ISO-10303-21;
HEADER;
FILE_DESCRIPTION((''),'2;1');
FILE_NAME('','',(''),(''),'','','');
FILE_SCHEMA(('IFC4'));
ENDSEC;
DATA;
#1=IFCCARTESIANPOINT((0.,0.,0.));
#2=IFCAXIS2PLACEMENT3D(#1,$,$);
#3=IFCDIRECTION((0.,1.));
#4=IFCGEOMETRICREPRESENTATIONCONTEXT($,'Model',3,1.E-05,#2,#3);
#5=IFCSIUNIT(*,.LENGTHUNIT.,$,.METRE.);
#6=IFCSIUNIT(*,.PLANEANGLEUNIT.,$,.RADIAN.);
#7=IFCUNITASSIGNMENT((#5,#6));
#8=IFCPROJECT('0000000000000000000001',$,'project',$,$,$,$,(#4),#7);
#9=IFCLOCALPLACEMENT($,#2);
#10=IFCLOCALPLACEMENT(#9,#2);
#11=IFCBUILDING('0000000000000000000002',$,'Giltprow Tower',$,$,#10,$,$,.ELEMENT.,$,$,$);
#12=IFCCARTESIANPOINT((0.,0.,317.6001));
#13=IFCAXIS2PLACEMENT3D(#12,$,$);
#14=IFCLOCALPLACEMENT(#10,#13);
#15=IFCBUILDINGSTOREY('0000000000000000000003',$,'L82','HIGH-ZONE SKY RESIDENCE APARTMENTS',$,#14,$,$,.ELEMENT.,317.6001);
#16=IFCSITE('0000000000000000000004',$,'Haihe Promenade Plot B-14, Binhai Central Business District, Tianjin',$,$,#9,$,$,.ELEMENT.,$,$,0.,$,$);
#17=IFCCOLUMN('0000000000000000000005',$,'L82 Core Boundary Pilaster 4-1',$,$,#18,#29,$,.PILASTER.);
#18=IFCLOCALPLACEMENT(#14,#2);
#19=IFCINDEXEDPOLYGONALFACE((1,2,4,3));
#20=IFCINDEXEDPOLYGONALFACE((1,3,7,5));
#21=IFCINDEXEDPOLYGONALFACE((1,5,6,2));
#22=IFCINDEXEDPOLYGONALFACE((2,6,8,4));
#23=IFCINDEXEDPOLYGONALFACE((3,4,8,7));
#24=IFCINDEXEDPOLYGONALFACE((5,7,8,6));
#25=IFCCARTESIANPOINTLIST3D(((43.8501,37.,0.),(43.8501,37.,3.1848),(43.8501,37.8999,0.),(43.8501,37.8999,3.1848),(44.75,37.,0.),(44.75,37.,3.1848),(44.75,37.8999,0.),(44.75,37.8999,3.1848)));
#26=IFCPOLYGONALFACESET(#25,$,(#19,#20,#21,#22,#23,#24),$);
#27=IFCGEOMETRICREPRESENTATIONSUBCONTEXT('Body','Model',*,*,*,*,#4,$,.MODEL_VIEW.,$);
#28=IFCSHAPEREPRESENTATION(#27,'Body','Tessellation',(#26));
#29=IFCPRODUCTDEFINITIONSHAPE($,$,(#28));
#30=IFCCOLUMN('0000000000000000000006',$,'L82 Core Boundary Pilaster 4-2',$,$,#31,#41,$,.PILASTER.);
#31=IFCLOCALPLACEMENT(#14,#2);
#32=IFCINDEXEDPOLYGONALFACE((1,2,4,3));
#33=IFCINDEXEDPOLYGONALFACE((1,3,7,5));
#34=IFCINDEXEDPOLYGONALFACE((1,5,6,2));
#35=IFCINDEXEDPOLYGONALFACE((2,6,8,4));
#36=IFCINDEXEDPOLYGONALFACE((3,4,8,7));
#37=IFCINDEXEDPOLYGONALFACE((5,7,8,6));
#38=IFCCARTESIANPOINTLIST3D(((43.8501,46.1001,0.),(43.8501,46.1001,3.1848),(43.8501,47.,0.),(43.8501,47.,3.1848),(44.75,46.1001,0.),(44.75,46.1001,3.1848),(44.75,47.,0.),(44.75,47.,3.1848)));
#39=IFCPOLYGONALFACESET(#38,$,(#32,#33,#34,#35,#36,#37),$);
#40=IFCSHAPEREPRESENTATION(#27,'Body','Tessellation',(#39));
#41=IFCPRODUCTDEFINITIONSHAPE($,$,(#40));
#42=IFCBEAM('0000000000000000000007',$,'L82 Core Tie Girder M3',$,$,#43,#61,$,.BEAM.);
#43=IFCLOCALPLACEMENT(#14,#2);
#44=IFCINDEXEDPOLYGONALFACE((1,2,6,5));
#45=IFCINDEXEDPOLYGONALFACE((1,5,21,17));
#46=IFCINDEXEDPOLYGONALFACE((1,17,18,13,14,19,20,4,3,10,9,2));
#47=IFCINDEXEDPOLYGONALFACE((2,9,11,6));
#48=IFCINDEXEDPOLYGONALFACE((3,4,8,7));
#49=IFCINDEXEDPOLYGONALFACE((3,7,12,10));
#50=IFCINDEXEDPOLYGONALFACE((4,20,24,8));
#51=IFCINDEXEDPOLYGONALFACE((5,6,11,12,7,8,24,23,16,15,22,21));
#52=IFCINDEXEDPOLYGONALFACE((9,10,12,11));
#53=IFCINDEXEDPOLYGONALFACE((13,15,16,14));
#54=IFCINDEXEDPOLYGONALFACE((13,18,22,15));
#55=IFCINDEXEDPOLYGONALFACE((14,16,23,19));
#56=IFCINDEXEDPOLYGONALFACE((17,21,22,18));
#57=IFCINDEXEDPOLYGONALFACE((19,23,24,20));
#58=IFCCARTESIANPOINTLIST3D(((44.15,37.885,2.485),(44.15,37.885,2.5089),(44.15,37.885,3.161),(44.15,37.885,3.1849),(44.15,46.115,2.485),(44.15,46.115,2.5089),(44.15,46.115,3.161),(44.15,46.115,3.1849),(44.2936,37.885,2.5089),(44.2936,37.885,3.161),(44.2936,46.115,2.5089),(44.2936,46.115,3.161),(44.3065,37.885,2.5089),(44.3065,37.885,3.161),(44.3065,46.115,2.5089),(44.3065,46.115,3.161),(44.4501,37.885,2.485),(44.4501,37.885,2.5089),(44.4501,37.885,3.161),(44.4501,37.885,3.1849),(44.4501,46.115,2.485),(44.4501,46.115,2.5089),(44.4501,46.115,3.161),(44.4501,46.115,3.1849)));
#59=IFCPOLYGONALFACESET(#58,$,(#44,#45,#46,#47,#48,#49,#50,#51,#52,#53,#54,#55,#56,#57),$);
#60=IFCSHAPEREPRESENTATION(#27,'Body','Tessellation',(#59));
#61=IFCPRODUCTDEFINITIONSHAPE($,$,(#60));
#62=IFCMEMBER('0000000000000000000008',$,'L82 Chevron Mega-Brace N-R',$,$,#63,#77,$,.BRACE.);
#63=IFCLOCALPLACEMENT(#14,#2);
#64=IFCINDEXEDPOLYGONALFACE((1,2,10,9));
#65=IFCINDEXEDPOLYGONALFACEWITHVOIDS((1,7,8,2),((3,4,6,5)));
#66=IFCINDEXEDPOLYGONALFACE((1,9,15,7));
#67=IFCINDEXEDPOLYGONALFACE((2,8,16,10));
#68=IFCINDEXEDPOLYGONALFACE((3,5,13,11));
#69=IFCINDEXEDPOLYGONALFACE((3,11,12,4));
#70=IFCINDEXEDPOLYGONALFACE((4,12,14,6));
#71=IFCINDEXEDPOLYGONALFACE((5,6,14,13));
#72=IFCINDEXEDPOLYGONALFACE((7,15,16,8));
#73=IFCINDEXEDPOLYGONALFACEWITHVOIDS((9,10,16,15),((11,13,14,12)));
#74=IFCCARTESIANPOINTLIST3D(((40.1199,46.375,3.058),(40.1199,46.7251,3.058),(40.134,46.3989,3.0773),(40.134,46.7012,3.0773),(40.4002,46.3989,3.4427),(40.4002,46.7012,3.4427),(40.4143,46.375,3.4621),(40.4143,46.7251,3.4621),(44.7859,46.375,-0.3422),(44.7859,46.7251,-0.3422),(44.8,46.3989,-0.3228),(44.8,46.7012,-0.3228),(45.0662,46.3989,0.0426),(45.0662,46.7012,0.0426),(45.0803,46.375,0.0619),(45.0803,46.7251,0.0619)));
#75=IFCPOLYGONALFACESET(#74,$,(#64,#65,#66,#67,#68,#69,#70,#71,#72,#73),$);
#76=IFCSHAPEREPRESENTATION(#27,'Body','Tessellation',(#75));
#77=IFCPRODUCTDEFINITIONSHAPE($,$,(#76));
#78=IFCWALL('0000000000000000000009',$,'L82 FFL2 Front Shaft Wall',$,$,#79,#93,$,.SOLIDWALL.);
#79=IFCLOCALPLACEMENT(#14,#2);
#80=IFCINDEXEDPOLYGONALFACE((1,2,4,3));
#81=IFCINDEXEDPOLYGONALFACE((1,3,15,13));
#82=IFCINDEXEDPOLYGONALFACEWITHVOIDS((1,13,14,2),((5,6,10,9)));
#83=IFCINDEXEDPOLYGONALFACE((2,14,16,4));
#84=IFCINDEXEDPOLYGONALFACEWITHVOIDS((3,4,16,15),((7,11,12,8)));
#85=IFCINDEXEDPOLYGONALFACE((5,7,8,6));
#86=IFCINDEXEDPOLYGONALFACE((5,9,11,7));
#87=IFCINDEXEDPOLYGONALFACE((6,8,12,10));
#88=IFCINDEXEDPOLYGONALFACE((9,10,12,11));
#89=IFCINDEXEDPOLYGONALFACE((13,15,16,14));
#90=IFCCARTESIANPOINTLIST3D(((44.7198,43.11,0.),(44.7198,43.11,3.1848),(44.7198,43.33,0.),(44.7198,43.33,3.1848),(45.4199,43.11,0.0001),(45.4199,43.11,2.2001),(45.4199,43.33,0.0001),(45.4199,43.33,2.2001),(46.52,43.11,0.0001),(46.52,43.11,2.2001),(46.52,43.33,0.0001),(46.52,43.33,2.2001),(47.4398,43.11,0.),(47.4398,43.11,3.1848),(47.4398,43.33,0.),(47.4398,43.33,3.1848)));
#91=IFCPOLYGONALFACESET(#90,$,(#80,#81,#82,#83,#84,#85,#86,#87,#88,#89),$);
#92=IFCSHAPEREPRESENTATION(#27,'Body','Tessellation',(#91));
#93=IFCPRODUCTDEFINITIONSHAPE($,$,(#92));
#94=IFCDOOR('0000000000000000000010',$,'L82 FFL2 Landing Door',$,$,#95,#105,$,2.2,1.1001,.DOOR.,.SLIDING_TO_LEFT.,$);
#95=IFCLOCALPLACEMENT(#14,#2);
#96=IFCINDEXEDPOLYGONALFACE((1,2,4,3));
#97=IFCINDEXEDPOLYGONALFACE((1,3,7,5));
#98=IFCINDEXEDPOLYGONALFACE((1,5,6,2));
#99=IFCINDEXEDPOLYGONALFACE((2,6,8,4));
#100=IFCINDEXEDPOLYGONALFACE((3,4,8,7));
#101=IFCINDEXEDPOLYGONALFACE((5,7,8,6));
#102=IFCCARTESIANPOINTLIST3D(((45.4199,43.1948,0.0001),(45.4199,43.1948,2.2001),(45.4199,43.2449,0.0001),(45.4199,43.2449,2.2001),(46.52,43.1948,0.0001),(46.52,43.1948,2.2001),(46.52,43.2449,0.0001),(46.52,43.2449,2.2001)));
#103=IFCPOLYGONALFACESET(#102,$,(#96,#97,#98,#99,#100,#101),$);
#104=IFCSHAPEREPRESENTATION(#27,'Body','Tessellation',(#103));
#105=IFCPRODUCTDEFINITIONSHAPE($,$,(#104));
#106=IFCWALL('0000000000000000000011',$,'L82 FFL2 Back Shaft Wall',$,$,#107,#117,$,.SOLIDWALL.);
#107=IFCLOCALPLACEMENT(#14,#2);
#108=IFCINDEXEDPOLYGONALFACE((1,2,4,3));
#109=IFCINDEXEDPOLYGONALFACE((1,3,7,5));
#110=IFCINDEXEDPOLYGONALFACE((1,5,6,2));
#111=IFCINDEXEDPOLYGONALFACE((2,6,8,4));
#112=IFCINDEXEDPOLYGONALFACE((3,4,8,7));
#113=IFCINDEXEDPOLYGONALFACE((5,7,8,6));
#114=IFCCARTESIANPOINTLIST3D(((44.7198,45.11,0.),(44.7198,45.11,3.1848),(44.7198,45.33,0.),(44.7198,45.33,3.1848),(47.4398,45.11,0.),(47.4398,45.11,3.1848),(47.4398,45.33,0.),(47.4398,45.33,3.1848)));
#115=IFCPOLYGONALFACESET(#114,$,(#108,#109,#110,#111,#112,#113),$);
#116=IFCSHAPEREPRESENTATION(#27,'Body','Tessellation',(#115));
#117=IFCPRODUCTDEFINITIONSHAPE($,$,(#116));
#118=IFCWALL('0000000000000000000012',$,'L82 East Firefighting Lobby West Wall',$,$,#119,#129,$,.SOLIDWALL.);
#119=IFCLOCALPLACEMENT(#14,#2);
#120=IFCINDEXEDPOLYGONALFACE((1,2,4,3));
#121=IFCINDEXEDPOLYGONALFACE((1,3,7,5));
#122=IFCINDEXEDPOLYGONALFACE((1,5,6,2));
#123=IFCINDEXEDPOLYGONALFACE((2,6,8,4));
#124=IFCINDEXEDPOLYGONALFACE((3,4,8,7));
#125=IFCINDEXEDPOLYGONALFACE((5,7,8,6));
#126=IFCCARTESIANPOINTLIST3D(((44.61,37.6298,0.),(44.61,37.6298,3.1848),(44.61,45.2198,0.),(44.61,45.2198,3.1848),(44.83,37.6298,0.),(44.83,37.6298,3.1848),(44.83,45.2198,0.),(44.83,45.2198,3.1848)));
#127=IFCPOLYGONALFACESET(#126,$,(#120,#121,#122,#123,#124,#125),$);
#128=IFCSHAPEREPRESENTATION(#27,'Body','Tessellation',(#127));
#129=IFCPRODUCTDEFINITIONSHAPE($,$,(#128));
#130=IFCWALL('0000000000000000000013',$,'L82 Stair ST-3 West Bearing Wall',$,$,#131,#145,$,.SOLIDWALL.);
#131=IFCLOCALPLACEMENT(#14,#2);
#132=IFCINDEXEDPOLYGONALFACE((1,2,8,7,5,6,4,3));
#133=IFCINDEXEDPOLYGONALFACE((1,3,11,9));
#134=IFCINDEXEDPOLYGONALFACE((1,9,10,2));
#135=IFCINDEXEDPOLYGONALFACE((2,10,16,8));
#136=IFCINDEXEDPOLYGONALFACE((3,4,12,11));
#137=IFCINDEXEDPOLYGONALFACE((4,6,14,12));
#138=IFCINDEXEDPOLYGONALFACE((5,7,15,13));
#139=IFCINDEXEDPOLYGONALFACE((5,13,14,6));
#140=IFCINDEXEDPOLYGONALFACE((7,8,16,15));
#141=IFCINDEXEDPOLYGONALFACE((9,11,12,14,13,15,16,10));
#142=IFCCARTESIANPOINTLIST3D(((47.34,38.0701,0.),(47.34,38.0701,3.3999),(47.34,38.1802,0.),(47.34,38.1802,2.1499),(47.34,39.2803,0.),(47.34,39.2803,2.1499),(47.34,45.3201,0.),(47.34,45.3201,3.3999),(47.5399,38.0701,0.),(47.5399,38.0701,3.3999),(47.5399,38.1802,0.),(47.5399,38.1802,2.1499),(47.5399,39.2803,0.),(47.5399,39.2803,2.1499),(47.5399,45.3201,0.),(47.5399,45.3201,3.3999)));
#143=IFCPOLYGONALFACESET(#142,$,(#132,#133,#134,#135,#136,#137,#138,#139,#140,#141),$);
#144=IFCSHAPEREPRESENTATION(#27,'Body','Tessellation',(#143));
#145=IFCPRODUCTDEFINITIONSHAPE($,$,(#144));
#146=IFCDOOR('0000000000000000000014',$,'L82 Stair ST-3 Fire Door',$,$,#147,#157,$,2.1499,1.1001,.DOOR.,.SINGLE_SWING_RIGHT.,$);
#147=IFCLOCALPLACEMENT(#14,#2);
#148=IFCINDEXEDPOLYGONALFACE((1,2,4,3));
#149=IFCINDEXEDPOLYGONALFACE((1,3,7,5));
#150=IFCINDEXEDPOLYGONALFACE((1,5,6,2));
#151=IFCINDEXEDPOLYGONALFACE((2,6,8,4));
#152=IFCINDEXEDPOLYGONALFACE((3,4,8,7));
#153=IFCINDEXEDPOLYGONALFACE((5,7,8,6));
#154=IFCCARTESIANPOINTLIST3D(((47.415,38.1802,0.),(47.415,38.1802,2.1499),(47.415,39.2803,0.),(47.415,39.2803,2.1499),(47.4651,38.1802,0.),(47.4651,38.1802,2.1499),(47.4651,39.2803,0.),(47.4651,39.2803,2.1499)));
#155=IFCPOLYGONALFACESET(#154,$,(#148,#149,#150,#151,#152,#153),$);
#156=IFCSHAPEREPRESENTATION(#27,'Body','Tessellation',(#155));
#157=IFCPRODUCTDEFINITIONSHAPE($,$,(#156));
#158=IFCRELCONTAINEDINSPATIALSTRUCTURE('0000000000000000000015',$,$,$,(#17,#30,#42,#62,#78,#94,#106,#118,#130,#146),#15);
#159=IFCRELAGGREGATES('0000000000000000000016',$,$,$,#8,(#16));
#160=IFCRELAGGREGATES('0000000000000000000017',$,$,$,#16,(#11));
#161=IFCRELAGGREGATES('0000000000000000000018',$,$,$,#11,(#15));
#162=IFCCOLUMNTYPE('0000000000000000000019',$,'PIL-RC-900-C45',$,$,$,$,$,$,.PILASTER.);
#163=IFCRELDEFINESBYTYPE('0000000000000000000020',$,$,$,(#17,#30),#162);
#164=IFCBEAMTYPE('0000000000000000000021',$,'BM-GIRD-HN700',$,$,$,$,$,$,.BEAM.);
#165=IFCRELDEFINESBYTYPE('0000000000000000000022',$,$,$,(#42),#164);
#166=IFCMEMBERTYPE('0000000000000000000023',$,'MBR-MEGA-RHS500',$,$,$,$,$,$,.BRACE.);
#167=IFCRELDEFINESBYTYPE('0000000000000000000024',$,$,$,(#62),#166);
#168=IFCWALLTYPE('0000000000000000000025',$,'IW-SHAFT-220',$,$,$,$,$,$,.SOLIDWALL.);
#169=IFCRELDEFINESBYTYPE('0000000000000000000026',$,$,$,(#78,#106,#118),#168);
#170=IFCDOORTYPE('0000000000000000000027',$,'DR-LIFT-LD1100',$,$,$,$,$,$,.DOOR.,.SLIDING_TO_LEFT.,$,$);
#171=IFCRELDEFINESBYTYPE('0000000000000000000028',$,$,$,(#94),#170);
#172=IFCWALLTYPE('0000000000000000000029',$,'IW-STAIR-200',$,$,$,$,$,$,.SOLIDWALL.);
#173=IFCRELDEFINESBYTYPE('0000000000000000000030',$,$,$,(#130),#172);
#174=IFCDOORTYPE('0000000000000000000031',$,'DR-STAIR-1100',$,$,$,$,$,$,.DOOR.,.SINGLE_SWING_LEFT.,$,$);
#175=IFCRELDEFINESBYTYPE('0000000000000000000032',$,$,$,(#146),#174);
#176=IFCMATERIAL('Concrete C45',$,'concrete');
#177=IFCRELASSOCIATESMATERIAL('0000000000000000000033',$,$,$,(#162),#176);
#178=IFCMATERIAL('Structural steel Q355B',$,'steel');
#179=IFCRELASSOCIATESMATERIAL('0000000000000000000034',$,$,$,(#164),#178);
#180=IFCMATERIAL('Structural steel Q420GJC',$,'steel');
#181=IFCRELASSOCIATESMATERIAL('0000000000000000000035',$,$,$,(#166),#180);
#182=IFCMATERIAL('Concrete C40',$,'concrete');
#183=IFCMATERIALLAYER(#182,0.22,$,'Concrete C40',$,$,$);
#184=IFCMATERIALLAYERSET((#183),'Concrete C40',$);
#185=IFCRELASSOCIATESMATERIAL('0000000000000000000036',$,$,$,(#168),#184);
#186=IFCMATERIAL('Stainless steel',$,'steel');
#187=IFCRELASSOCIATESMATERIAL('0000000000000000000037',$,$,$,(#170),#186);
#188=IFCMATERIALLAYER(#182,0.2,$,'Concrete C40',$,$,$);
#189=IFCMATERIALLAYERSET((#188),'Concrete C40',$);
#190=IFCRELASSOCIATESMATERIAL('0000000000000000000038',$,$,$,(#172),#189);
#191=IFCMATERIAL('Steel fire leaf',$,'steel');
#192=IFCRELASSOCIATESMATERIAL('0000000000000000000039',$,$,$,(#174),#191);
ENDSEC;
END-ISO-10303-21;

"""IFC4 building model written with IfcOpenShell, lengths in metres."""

from ifc_helpers import new_model, si_unit, direction, frame, frame_2d, origin, origin_2d, place, context, subcontext, project, spatial, rectangle, hollow_rectangle, i_section, extrude, source, transform, mapped, material, layer, layer_set, material_profile, profile_set, type_object, element, fill, save


model = new_model("IFC4")

# Units and contexts
model_context = context("Model", 3, precision=1e-05, world=origin(), true_north=direction((0.0, 1.0)))
body_context = subcontext(model_context, "Body", "Model", "MODEL_VIEW")
ifc_project = project(units=[si_unit("LENGTHUNIT", "METRE"), si_unit("PLANEANGLEUNIT", "RADIAN")], contexts=[model_context])

# Site, building, storey
site_placement = place(None, origin())
site = spatial("IfcSite", under=ifc_project, at=site_placement, Name="Haihe Promenade Plot B-14, Binhai Central Business District, Tianjin", CompositionType="ELEMENT", RefElevation=0.0)
building_placement = place(site_placement, origin())
building = spatial("IfcBuilding", under=site, at=building_placement, Name="Giltprow Tower", CompositionType="ELEMENT")
storey_placement = place(building_placement, frame((0.0, 0.0, 317.6001)))
storey = spatial("IfcBuildingStorey", under=building, at=storey_placement, Name="L82", Description="HIGH-ZONE SKY RESIDENCE APARTMENTS", CompositionType="ELEMENT", Elevation=317.6001)

# Columns
ifc_material_1 = material(Name="Concrete C45", Category="concrete")
ifc_material_profile_1 = material_profile(ifc_material_1, rectangle(XDim=0.8999, YDim=0.8999, at=origin_2d()), Name="RC 900x900")
ifc_profile_set_1 = profile_set([ifc_material_profile_1], Name="Concrete C45")
column_type = type_object("IfcColumnType", Name="PIL-RC-900-C45", PredefinedType="PILASTER", material=ifc_profile_set_1)
shared_shape_1 = source(origin(), body_context, "Body", "SweptSolid", [
    extrude(rectangle(XDim=0.8999, YDim=0.8999, at=origin_2d()), origin(), (0.0, 0.0, 1.0), 3.1848),
])
for number, where, z_axis, x_axis, name in (
    (1, (44.3, 37.45, 0.0), (0.0, 0.0, 1.0), (1.0, 0.0, 0.0), "L82 Core Boundary Pilaster 4-1"),
    (2, (44.3, 46.55, 0.0), (0.0, 0.0, 1.0), (1.0, 0.0, 0.0), "L82 Core Boundary Pilaster 4-2"),
):
    element("IfcColumn", number, at=place(storey_placement, frame(where, z_axis=z_axis, x_axis=x_axis)), inside=storey, type_object=column_type, Name=name, PredefinedType="PILASTER", context=body_context, shape_type="MappedRepresentation", body=[
        mapped(shared_shape_1, transform((0.0, 0.0, 0.0), x_axis=(1.0, 0.0, 0.0), y_axis=(0.0, 1.0, 0.0), z_axis=(0.0, 0.0, 1.0), scale=1.0)),
    ])

# Beam
ifc_material_2 = material(Name="Structural steel Q355B", Category="steel")
ifc_material_profile_2 = material_profile(ifc_material_2, i_section(OverallWidth=0.3, OverallDepth=0.7, WebThickness=0.0129, FlangeThickness=0.0239, at=origin_2d()), Name="HN 700x300x13x24")
ifc_profile_set_2 = profile_set([ifc_material_profile_2], Name="Structural steel Q355B")
beam_type = type_object("IfcBeamType", Name="BM-GIRD-HN700", PredefinedType="BEAM", material=ifc_profile_set_2)
shared_shape_2 = source(origin(), body_context, "Body", "SweptSolid", [
    extrude(i_section(OverallWidth=0.3, OverallDepth=0.7, WebThickness=0.0129, FlangeThickness=0.0239, at=origin_2d()), origin(), (0.0, 0.0, 1.0), 8.23),
])
beam_placement = place(storey_placement, frame((44.3, 37.885, 2.835), z_axis=(0.0, 1.0, 0.0), x_axis=(-1.0, 0.0, 0.0)))
element("IfcBeam", 3, at=beam_placement, inside=storey, type_object=beam_type, Name="L82 Core Tie Girder M3", PredefinedType="BEAM", context=body_context, shape_type="MappedRepresentation", body=[
    mapped(shared_shape_2, transform((0.0, 0.0, 0.0), x_axis=(1.0, 0.0, 0.0), y_axis=(0.0, 1.0, 0.0), z_axis=(0.0, 0.0, 1.0), scale=1.0)),
])

# Member
ifc_material_3 = material(Name="Structural steel Q420GJC", Category="steel")
ifc_material_profile_3 = material_profile(ifc_material_3, hollow_rectangle(XDim=0.3501, YDim=0.5, WallThickness=0.0239, at=origin_2d()), Name="RHS 500x350x24")
ifc_profile_set_3 = profile_set([ifc_material_profile_3], Name="Structural steel Q420GJC")
member_type = type_object("IfcMemberType", Name="MBR-MEGA-RHS500", PredefinedType="BRACE", material=ifc_profile_set_3)
shared_shape_3 = source(origin(), body_context, "Body", "SweptSolid", [
    extrude(hollow_rectangle(XDim=0.3501, YDim=0.5, WallThickness=0.0239, at=origin_2d()), origin(), (0.0, 0.0, 1.0), 5.7734),
])
member_placement = place(storey_placement, frame((44.9331, 46.55, -0.1401), z_axis=(-0.808185, 0.0, 0.588928), x_axis=(0.0, -1.0, 0.0)))
element("IfcMember", 4, at=member_placement, inside=storey, type_object=member_type, Name="L82 Chevron Mega-Brace N-R", PredefinedType="BRACE", context=body_context, shape_type="MappedRepresentation", body=[
    mapped(shared_shape_3, transform((0.0, 0.0, 0.0), x_axis=(1.0, 0.0, 0.0), y_axis=(0.0, 1.0, 0.0), z_axis=(0.0, 0.0, 1.0), scale=1.0)),
])

# Wall, opening, door
ifc_material_4 = material(Name="Concrete C40", Category="concrete")
ifc_layer_1 = layer(ifc_material_4, 0.22, Name="Concrete C40")
ifc_layer_set_1 = layer_set([ifc_layer_1], Name="Concrete C40")
wall_type_1 = type_object("IfcWallType", Name="IW-SHAFT-220", PredefinedType="SOLIDWALL", material=ifc_layer_set_1)
wall_1_placement = place(storey_placement, frame((44.72, 43.22, 0.0), z_axis=(0.0, 0.0, 1.0), x_axis=(1.0, 0.0, 0.0)))
wall_1 = element("IfcWall", 5, at=wall_1_placement, inside=storey, type_object=wall_type_1, Name="L82 FFL2 Front Shaft Wall", PredefinedType="SOLIDWALL", context=body_context, shape_type="SweptSolid", body=[
    extrude(rectangle(XDim=2.72, YDim=0.22, at=frame_2d((1.3599, 0.0))), origin(), (0.0, 0.0, 1.0), 3.1848),
])
opening_1_placement = place(wall_1_placement, frame((0.7, 0.0, 0.0)))
opening_1 = element("IfcOpeningElement", 6, at=opening_1_placement, cuts=wall_1, PredefinedType="OPENING", context=body_context, shape_type="SweptSolid", body=[
    extrude(rectangle(XDim=1.1001, YDim=2.2, at=frame_2d((0.55, 1.1001))), frame((0.0, 0.1199, 0.0), z_axis=(0.0, -1.0, 0.0), x_axis=(1.0, 0.0, 0.0)), (0.0, 0.0, 1.0), 0.24),
])
ifc_material_5 = material(Name="Stainless steel", Category="steel")
door_type_1 = type_object("IfcDoorType", Name="DR-LIFT-LD1100", OperationType="SLIDING_TO_LEFT", PredefinedType="DOOR", material=ifc_material_5)
shared_shape_4 = source(origin(), body_context, "Body", "SweptSolid", [
    extrude(rectangle(XDim=1.1001, YDim=2.2, at=frame_2d((0.55, 1.1001))), frame((0.0, 0.0249, 0.0), z_axis=(0.0, -1.0, 0.0), x_axis=(1.0, 0.0, 0.0)), (0.0, 0.0, 1.0), 0.05),
])
door_1_placement = place(opening_1_placement, origin())
door_1 = element("IfcDoor", 7, at=door_1_placement, inside=storey, type_object=door_type_1, Name="L82 FFL2 Landing Door", OperationType="SLIDING_TO_LEFT", OverallHeight=2.2, OverallWidth=1.1001, PredefinedType="DOOR", context=body_context, shape_type="MappedRepresentation", body=[
    mapped(shared_shape_4, transform((0.0, 0.0, 0.0), x_axis=(1.0, 0.0, 0.0), y_axis=(0.0, 1.0, 0.0), z_axis=(0.0, 0.0, 1.0), scale=1.0)),
])
fill(opening_1, door_1)

# Walls
wall_2_placement = place(storey_placement, frame((44.72, 45.22, 0.0), z_axis=(0.0, 0.0, 1.0), x_axis=(1.0, 0.0, 0.0)))
element("IfcWall", 8, at=wall_2_placement, inside=storey, type_object=wall_type_1, Name="L82 FFL2 Back Shaft Wall", PredefinedType="SOLIDWALL", context=body_context, shape_type="SweptSolid", body=[
    extrude(rectangle(XDim=2.72, YDim=0.22, at=frame_2d((1.3599, 0.0))), origin(), (0.0, 0.0, 1.0), 3.1848),
])
wall_3_placement = place(storey_placement, frame((44.72, 37.6299, 0.0), z_axis=(0.0, 0.0, 1.0), x_axis=(0.0, 1.0, 0.0)))
element("IfcWall", 9, at=wall_3_placement, inside=storey, type_object=wall_type_1, Name="L82 East Firefighting Lobby West Wall", PredefinedType="SOLIDWALL", context=body_context, shape_type="SweptSolid", body=[
    extrude(rectangle(XDim=7.5901, YDim=0.22, at=frame_2d((3.7949, 0.0))), origin(), (0.0, 0.0, 1.0), 3.1848),
])

# Wall, opening, door
ifc_layer_2 = layer(ifc_material_4, 0.2, Name="Concrete C40")
ifc_layer_set_2 = layer_set([ifc_layer_2], Name="Concrete C40")
wall_type_2 = type_object("IfcWallType", Name="IW-STAIR-200", PredefinedType="SOLIDWALL", material=ifc_layer_set_2)
wall_4_placement = place(storey_placement, frame((47.4399, 38.0701, 0.0), z_axis=(0.0, 0.0, 1.0), x_axis=(0.0, 1.0, 0.0)))
wall_4 = element("IfcWall", 10, at=wall_4_placement, inside=storey, type_object=wall_type_2, Name="L82 Stair ST-3 West Bearing Wall", PredefinedType="SOLIDWALL", context=body_context, shape_type="SweptSolid", body=[
    extrude(rectangle(XDim=7.25, YDim=0.2, at=frame_2d((3.625, 0.0))), origin(), (0.0, 0.0, 1.0), 3.3999),
])
opening_2_placement = place(wall_4_placement, frame((0.1101, 0.0, 0.0)))
opening_2 = element("IfcOpeningElement", 11, at=opening_2_placement, cuts=wall_4, PredefinedType="OPENING", context=body_context, shape_type="SweptSolid", body=[
    extrude(rectangle(XDim=1.1001, YDim=2.1499, at=frame_2d((0.55, 1.075))), frame((0.0, 0.1099, 0.0), z_axis=(0.0, -1.0, 0.0), x_axis=(1.0, 0.0, 0.0)), (0.0, 0.0, 1.0), 0.22),
])
ifc_material_6 = material(Name="Steel fire leaf", Category="steel")
door_type_2 = type_object("IfcDoorType", Name="DR-STAIR-1100", OperationType="SINGLE_SWING_LEFT", PredefinedType="DOOR", material=ifc_material_6)
shared_shape_5 = source(origin(), body_context, "Body", "SweptSolid", [
    extrude(rectangle(XDim=1.1001, YDim=2.1499, at=frame_2d((0.55, 1.075))), frame((0.0, 0.0249, 0.0), z_axis=(0.0, -1.0, 0.0), x_axis=(1.0, 0.0, 0.0)), (0.0, 0.0, 1.0), 0.05),
])
door_2_placement = place(opening_2_placement, origin())
door_2 = element("IfcDoor", 12, at=door_2_placement, inside=storey, type_object=door_type_2, Name="L82 Stair ST-3 Fire Door", OperationType="SINGLE_SWING_RIGHT", OverallHeight=2.1499, OverallWidth=1.1001, PredefinedType="DOOR", context=body_context, shape_type="MappedRepresentation", body=[
    mapped(shared_shape_5, transform((0.0, 0.0, 0.0), x_axis=(1.0, 0.0, 0.0), y_axis=(0.0, 1.0, 0.0), z_axis=(0.0, 0.0, 1.0), scale=1.0)),
])
fill(opening_2, door_2)

save(model, "model.ifc")
